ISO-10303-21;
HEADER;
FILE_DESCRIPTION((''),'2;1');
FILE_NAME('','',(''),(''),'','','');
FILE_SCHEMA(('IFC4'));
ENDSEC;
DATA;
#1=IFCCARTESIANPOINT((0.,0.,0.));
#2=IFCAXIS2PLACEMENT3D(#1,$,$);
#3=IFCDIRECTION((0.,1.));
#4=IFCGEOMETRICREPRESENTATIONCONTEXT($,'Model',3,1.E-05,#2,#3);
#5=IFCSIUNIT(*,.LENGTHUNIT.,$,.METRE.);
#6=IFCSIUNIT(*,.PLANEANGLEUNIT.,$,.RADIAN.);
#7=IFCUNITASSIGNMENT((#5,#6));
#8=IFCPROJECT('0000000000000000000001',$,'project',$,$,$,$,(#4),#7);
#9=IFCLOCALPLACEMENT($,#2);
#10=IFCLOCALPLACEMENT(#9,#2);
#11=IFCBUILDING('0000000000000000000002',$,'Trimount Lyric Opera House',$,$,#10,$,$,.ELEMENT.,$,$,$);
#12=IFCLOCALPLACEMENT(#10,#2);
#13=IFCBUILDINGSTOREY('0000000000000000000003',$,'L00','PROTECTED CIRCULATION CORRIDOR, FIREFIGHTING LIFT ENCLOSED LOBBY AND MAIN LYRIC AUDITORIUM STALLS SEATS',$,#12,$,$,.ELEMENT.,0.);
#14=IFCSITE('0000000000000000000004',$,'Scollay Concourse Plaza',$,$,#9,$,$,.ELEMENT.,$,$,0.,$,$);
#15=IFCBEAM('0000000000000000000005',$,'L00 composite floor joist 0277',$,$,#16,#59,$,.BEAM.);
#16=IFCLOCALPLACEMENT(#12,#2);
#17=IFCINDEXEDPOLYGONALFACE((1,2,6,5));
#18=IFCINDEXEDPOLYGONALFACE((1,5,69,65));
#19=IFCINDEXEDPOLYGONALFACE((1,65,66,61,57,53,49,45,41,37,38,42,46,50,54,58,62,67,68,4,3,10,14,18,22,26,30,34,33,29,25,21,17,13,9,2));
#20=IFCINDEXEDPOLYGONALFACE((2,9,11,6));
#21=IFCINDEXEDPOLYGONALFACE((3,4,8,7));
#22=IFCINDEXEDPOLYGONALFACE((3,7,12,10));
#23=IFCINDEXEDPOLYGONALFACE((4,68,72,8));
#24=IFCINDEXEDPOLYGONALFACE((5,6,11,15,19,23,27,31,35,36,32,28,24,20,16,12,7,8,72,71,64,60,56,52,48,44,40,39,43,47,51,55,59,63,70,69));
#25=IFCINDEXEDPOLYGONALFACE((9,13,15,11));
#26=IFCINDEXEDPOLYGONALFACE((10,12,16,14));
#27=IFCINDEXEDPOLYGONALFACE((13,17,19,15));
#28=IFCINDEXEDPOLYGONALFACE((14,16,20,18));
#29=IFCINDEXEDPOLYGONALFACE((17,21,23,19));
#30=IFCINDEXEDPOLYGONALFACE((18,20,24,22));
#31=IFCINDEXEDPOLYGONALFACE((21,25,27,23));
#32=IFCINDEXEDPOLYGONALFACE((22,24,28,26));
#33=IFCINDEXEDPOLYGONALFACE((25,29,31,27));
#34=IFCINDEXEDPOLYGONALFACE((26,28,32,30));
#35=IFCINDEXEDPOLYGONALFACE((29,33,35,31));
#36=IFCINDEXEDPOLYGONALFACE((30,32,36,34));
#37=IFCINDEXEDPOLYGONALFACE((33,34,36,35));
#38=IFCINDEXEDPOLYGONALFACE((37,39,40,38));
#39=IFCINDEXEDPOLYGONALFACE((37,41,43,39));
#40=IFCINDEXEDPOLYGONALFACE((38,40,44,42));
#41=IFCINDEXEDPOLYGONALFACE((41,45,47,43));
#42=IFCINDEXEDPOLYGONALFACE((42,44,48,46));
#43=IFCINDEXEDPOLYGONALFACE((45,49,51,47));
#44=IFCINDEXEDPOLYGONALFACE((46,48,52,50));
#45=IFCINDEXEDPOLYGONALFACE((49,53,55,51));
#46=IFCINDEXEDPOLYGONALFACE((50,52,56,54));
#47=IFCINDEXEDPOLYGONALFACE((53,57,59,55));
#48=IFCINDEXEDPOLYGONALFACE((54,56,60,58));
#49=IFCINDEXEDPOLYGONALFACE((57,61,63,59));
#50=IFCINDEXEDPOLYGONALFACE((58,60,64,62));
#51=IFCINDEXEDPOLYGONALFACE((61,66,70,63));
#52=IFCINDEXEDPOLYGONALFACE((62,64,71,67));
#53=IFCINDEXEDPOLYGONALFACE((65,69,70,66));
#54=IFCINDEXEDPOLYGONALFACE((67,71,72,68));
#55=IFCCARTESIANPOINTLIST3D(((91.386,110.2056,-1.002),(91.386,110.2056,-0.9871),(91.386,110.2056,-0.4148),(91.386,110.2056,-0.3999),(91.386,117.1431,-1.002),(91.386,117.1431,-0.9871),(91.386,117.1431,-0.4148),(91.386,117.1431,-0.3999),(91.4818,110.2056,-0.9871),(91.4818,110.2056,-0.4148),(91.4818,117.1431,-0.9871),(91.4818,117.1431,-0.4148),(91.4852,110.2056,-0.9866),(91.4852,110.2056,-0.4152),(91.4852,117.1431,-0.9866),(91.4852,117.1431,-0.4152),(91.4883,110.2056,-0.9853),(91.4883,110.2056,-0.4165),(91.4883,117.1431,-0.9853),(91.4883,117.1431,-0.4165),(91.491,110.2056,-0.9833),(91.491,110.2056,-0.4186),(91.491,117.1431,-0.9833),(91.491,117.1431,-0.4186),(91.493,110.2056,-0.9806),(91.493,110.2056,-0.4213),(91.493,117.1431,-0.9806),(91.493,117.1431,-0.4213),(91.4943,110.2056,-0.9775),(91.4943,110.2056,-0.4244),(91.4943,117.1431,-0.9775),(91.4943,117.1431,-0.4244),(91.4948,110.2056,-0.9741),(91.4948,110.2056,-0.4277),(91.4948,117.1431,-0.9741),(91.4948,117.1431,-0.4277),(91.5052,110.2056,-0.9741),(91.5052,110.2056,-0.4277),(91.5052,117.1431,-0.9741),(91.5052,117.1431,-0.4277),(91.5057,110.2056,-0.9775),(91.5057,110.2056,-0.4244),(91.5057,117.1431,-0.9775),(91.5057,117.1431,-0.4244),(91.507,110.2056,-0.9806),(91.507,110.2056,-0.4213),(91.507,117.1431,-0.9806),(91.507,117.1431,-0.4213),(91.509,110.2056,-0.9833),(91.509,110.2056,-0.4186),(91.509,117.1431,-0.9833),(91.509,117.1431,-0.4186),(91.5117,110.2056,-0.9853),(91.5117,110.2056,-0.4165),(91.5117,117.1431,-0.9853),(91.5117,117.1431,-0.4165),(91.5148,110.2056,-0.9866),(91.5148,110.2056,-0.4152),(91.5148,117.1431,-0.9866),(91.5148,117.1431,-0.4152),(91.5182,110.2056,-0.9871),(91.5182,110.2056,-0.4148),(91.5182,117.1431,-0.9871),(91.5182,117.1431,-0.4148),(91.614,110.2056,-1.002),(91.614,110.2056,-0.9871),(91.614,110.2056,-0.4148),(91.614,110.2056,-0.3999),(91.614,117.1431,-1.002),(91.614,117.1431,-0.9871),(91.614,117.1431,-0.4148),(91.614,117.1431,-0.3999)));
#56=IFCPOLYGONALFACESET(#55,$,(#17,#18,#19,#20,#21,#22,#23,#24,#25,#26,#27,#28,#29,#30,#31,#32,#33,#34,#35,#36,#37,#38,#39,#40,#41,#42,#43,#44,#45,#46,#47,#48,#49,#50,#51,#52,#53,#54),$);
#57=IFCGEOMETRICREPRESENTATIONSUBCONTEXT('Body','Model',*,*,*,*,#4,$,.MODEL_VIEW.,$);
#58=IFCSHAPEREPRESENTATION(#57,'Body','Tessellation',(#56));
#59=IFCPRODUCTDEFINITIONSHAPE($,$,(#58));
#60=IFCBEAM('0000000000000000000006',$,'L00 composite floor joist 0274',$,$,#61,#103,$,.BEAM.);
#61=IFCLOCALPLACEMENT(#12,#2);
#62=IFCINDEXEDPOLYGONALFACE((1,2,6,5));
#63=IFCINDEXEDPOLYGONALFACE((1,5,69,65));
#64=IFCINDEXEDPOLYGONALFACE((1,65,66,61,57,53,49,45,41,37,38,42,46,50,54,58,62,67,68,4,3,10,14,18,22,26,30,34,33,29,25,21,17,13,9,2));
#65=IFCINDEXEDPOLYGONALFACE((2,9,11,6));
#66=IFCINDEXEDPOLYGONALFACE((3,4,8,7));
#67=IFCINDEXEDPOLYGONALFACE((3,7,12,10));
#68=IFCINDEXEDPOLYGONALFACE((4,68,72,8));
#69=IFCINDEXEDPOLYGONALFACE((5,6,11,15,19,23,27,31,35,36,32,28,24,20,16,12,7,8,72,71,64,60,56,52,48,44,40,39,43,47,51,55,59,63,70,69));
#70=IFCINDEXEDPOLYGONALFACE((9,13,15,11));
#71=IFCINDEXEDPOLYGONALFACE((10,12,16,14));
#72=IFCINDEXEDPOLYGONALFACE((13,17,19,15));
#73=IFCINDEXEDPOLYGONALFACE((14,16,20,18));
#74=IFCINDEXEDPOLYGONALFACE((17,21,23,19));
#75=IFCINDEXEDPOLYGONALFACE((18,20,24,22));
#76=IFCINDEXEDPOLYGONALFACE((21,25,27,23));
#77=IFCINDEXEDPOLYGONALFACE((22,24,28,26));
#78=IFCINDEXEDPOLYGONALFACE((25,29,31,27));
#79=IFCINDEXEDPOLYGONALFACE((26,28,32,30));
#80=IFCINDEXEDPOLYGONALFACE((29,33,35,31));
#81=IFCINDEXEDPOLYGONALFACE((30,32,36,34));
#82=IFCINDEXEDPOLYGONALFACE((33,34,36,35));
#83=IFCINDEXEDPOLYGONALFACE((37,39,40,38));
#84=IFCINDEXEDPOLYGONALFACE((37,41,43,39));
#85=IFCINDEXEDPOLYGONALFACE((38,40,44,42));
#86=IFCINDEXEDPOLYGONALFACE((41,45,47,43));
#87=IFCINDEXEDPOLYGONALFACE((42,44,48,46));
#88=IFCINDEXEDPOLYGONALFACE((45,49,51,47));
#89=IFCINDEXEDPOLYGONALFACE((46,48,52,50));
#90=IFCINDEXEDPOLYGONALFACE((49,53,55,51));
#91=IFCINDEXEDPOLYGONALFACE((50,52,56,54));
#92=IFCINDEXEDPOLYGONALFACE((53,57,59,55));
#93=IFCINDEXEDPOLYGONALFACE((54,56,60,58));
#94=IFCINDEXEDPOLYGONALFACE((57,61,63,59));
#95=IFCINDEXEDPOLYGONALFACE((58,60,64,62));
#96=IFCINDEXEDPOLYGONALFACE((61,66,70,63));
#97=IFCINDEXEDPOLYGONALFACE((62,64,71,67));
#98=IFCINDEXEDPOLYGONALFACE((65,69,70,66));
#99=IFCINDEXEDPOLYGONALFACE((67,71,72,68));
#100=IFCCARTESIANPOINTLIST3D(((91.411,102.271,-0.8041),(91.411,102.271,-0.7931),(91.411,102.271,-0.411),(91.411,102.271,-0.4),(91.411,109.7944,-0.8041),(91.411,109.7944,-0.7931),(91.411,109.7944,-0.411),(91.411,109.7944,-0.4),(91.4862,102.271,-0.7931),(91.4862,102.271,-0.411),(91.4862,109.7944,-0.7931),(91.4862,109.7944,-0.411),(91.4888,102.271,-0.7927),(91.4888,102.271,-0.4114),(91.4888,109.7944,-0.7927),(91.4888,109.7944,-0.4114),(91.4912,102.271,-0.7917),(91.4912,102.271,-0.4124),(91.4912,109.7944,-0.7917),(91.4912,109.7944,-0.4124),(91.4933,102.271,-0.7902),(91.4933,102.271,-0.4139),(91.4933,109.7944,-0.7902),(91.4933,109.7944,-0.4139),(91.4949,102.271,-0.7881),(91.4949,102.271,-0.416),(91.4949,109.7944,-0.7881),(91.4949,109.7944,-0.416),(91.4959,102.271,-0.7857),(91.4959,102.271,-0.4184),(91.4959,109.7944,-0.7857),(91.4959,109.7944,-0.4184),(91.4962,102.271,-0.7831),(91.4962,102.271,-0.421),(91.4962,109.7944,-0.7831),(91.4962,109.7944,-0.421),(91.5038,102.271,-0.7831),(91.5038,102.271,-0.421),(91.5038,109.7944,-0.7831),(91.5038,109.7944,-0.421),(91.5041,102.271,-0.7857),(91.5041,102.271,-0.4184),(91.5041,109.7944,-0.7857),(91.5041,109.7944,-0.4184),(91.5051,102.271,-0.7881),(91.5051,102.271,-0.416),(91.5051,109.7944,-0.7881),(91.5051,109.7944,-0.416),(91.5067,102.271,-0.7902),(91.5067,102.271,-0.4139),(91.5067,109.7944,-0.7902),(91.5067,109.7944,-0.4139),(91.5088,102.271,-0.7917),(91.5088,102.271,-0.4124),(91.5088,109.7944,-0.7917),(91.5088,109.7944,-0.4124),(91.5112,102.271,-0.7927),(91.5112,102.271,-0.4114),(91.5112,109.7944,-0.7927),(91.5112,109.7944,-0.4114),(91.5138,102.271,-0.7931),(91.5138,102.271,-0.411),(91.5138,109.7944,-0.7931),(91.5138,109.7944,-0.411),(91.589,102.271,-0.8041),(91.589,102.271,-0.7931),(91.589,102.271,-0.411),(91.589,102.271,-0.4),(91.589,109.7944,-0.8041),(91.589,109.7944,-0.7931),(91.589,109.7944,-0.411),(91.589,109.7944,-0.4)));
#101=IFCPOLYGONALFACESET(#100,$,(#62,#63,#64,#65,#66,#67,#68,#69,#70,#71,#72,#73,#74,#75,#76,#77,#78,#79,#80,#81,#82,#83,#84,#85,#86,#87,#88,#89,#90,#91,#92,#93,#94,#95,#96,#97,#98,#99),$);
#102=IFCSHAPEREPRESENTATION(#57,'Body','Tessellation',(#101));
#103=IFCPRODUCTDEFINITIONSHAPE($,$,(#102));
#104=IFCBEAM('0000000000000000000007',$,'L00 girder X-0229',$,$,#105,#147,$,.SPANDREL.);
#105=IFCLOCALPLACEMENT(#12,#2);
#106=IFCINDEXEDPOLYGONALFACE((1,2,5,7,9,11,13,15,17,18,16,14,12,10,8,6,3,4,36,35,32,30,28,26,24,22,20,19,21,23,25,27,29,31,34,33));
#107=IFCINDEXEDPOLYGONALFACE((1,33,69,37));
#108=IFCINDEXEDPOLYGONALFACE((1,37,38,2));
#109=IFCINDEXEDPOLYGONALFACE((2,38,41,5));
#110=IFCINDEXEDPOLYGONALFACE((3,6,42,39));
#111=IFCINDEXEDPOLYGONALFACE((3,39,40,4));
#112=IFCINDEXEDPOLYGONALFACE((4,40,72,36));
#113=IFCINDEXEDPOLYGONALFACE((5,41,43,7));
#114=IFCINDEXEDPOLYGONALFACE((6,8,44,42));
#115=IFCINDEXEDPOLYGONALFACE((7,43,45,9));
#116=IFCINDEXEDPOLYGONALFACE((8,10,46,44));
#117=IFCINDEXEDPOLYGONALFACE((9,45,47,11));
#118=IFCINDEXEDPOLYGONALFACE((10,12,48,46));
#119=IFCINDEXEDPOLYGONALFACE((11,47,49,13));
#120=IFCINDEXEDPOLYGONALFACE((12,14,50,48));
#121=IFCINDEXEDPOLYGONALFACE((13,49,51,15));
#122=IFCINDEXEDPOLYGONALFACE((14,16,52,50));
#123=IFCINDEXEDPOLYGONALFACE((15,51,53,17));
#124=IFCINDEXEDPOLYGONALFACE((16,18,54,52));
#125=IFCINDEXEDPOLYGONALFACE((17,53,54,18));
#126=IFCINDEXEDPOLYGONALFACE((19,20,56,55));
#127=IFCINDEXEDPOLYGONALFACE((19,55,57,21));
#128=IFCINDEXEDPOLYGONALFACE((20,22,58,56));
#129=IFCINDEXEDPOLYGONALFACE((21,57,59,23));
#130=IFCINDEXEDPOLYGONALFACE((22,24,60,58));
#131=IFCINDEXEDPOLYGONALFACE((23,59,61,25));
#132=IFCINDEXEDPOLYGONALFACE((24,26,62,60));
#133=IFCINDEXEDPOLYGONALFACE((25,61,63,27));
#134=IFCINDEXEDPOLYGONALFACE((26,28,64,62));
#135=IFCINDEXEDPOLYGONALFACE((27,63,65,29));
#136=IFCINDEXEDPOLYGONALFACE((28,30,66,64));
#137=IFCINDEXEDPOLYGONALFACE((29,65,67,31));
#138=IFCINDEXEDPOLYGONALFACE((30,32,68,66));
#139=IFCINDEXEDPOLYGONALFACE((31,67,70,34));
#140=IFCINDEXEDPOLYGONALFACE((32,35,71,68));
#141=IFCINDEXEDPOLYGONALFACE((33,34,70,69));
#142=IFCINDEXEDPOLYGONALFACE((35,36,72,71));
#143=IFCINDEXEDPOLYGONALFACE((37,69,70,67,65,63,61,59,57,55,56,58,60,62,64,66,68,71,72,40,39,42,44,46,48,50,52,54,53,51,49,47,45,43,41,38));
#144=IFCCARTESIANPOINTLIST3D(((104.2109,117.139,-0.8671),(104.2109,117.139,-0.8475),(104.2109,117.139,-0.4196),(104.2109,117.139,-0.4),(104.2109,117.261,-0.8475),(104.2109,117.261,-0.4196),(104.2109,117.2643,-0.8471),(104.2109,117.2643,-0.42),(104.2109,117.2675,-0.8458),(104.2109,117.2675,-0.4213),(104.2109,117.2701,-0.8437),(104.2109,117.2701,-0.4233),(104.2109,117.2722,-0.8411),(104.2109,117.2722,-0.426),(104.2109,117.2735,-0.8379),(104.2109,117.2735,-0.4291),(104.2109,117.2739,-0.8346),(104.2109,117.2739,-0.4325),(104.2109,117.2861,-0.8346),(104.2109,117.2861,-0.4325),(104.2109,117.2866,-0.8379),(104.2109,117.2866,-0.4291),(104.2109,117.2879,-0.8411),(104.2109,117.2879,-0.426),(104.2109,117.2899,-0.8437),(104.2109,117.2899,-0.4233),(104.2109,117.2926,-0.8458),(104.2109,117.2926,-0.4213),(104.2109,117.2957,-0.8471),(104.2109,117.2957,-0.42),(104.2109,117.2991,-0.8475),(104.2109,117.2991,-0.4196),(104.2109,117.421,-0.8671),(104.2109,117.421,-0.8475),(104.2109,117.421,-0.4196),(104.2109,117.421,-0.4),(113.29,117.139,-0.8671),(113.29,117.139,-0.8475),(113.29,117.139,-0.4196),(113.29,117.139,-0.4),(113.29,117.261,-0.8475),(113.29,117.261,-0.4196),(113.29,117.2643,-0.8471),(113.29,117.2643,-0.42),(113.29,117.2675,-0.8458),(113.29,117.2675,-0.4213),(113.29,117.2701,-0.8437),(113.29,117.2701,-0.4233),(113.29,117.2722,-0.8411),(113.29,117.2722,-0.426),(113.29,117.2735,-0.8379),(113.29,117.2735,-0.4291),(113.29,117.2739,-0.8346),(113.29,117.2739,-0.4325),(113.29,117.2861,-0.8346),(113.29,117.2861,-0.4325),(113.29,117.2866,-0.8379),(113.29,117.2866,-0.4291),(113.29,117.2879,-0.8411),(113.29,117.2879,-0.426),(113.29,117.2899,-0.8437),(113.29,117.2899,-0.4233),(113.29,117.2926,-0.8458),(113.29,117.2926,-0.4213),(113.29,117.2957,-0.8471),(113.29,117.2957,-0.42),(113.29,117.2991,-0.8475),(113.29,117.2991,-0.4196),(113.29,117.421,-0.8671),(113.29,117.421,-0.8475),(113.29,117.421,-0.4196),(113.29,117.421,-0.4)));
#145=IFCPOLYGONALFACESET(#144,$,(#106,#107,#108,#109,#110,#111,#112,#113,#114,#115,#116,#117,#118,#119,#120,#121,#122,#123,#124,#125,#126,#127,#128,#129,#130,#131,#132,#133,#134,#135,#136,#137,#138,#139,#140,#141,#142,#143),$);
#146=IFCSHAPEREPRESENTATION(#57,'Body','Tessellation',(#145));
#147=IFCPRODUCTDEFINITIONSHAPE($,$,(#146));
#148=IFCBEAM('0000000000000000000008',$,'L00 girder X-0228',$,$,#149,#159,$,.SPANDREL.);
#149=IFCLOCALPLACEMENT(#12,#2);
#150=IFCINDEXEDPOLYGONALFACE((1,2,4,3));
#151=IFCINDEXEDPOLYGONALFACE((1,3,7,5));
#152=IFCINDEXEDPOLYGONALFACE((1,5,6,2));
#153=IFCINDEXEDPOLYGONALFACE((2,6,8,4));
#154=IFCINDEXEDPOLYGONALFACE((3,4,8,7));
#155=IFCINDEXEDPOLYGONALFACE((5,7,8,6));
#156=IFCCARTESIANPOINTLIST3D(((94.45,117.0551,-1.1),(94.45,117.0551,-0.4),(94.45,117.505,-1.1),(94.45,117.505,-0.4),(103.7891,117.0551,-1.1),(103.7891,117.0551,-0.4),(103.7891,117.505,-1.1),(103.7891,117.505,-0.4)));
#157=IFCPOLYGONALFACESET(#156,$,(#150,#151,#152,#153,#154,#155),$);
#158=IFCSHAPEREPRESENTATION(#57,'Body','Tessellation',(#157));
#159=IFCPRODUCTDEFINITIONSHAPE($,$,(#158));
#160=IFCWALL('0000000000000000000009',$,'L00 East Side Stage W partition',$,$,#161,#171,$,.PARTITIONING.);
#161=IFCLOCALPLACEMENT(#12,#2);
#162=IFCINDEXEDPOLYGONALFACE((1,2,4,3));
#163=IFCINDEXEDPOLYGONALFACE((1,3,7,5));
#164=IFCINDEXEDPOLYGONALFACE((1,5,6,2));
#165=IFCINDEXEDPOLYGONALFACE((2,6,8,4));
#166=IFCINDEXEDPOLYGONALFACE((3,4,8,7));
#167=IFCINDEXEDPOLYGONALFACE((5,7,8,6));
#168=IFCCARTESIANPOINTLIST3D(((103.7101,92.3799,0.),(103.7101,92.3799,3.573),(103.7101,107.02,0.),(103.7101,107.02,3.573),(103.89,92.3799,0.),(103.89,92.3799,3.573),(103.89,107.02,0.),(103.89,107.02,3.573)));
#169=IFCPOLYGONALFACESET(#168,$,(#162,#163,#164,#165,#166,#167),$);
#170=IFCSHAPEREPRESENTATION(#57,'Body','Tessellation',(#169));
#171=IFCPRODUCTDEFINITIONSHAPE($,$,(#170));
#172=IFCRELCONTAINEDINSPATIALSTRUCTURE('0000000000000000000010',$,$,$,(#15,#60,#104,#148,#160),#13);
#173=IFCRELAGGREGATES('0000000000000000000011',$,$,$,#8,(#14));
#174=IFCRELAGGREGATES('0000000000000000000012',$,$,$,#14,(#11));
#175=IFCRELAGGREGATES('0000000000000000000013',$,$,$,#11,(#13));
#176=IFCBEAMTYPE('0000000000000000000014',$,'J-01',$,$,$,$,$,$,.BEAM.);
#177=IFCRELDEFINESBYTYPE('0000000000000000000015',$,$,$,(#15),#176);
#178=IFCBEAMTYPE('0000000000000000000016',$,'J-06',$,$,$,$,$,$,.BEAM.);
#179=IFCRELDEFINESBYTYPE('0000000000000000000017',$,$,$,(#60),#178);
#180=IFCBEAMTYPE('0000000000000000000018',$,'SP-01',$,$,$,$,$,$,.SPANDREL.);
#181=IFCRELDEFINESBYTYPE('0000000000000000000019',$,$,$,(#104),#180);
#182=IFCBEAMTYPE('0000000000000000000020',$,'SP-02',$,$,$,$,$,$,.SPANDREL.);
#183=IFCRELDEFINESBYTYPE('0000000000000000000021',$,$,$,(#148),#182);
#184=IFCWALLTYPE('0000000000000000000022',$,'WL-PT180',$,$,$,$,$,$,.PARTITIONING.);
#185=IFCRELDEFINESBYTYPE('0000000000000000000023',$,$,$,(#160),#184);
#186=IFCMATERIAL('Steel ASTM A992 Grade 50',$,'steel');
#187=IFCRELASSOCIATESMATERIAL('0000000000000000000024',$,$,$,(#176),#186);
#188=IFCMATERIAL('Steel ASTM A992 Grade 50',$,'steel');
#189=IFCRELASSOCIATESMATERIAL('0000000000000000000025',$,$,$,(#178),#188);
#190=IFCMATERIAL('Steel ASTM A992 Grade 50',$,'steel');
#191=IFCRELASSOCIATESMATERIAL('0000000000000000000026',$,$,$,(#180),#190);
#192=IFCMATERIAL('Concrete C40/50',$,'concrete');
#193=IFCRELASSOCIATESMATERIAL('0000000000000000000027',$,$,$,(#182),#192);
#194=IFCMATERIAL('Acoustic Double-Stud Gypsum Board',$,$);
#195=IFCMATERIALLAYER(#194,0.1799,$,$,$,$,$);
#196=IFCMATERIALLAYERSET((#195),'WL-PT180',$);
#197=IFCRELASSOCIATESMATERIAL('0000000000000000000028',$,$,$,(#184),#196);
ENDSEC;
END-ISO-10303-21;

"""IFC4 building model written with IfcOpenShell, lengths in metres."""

from ifc_helpers import new_model, si_unit, direction, frame, frame_2d, origin, origin_2d, place, context, subcontext, project, spatial, rectangle, i_section, extrude, material, layer, layer_set, material_profile, profile_set, type_object, element, save


model = new_model("IFC4")

# Units and contexts
model_context = context("Model", 3, precision=1e-05, world=origin(), true_north=direction((0.0, 1.0)))
body_context = subcontext(model_context, "Body", "Model", "MODEL_VIEW")
ifc_project = project(units=[si_unit("LENGTHUNIT", "METRE"), si_unit("PLANEANGLEUNIT", "RADIAN")], contexts=[model_context])

# Site, building, storey
site_placement = place(None, origin())
site = spatial("IfcSite", under=ifc_project, at=site_placement, Name="Scollay Concourse Plaza", CompositionType="ELEMENT", RefElevation=0.0)
building_placement = place(site_placement, origin())
building = spatial("IfcBuilding", under=site, at=building_placement, Name="Trimount Lyric Opera House", CompositionType="ELEMENT")
storey_placement = place(building_placement, origin())
storey = spatial("IfcBuildingStorey", under=building, at=storey_placement, Name="L00", Description="PROTECTED CIRCULATION CORRIDOR, FIREFIGHTING LIFT ENCLOSED LOBBY AND MAIN LYRIC AUDITORIUM STALLS SEATS", CompositionType="ELEMENT", Elevation=0.0)

# Beams
ifc_material_1 = material(Name="Steel ASTM A992 Grade 50", Category="steel")
ifc_material_profile_1 = material_profile(ifc_material_1, i_section(OverallWidth=0.228, OverallDepth=0.6021, WebThickness=0.0105, FlangeThickness=0.0149, FilletRadius=0.0129, at=origin_2d()), Name="W24X68")
ifc_profile_set_1 = profile_set([ifc_material_profile_1], Name="Steel ASTM A992 Grade 50")
beam_type_1 = type_object("IfcBeamType", Name="J-01", PredefinedType="BEAM", material=ifc_profile_set_1)
beam_1_placement = place(storey_placement, frame((91.5, 110.2056, -0.7009), z_axis=(0.0, 1.0, 0.0), x_axis=(-1.0, 0.0, 0.0)))
element("IfcBeam", 1, at=beam_1_placement, inside=storey, type_object=beam_type_1, Name="L00 composite floor joist 0277", PredefinedType="BEAM", context=body_context, shape_type="SweptSolid", body=[
    extrude(i_section(OverallWidth=0.228, OverallDepth=0.6021, WebThickness=0.0105, FlangeThickness=0.0149, FilletRadius=0.0129, at=origin_2d()), origin(), (0.0, 0.0, 1.0), 6.9375),
])
ifc_material_2 = material(Name="Steel ASTM A992 Grade 50", Category="steel")
ifc_material_profile_2 = material_profile(ifc_material_2, i_section(OverallWidth=0.178, OverallDepth=0.4041, WebThickness=0.0076, FlangeThickness=0.011, FilletRadius=0.01, at=origin_2d()), Name="W16X36")
ifc_profile_set_2 = profile_set([ifc_material_profile_2], Name="Steel ASTM A992 Grade 50")
beam_type_2 = type_object("IfcBeamType", Name="J-06", PredefinedType="BEAM", material=ifc_profile_set_2)
beam_2_placement = place(storey_placement, frame((91.5, 102.271, -0.6021), z_axis=(0.0, 1.0, 0.0), x_axis=(-1.0, 0.0, 0.0)))
element("IfcBeam", 2, at=beam_2_placement, inside=storey, type_object=beam_type_2, Name="L00 composite floor joist 0274", PredefinedType="BEAM", context=body_context, shape_type="SweptSolid", body=[
    extrude(i_section(OverallWidth=0.178, OverallDepth=0.4041, WebThickness=0.0076, FlangeThickness=0.011, FilletRadius=0.01, at=origin_2d()), origin(), (0.0, 0.0, 1.0), 7.5234),
])
ifc_material_3 = material(Name="Steel ASTM A992 Grade 50", Category="steel")
ifc_material_profile_3 = material_profile(ifc_material_3, i_section(OverallWidth=0.282, OverallDepth=0.467, WebThickness=0.0122, FlangeThickness=0.0195, FilletRadius=0.0129, at=origin_2d()), Name="W18X86")
ifc_profile_set_3 = profile_set([ifc_material_profile_3], Name="Steel ASTM A992 Grade 50")
beam_type_3 = type_object("IfcBeamType", Name="SP-01", PredefinedType="SPANDREL", material=ifc_profile_set_3)
beam_3_placement = place(storey_placement, frame((104.2109, 117.28, -0.6335), z_axis=(1.0, 0.0, 0.0), x_axis=(0.0, 1.0, 0.0)))
element("IfcBeam", 3, at=beam_3_placement, inside=storey, type_object=beam_type_3, Name="L00 girder X-0229", PredefinedType="SPANDREL", context=body_context, shape_type="SweptSolid", body=[
    extrude(i_section(OverallWidth=0.282, OverallDepth=0.467, WebThickness=0.0122, FlangeThickness=0.0195, FilletRadius=0.0129, at=origin_2d()), origin(), (0.0, 0.0, 1.0), 9.0791),
])
ifc_material_4 = material(Name="Concrete C40/50", Category="concrete")
ifc_material_profile_4 = material_profile(ifc_material_4, rectangle(XDim=0.45, YDim=0.7, at=origin_2d()), Name="RC450X700")
ifc_profile_set_4 = profile_set([ifc_material_profile_4], Name="Concrete C40/50")
beam_type_4 = type_object("IfcBeamType", Name="SP-02", PredefinedType="SPANDREL", material=ifc_profile_set_4)
beam_4_placement = place(storey_placement, frame((94.45, 117.28, -0.75), z_axis=(1.0, 0.0, 0.0), x_axis=(0.0, 1.0, 0.0)))
element("IfcBeam", 4, at=beam_4_placement, inside=storey, type_object=beam_type_4, Name="L00 girder X-0228", PredefinedType="SPANDREL", context=body_context, shape_type="SweptSolid", body=[
    extrude(rectangle(XDim=0.45, YDim=0.7, at=origin_2d()), origin(), (0.0, 0.0, 1.0), 9.3391),
])

# Wall
ifc_material_5 = material(Name="Acoustic Double-Stud Gypsum Board")
ifc_layer_1 = layer(ifc_material_5, 0.1799)
ifc_layer_set_1 = layer_set([ifc_layer_1], Name="WL-PT180")
wall_type_1 = type_object("IfcWallType", Name="WL-PT180", PredefinedType="PARTITIONING", material=ifc_layer_set_1)
wall_1_placement = place(storey_placement, frame((103.8, 107.02, 0.0), z_axis=(0.0, 0.0, 1.0), x_axis=(0.0, -1.0, 0.0)))
element("IfcWall", 5, at=wall_1_placement, inside=storey, type_object=wall_type_1, Name="L00 East Side Stage W partition", PredefinedType="PARTITIONING", context=body_context, shape_type="SweptSolid", body=[
    extrude(rectangle(XDim=14.6401, YDim=0.1799, at=frame_2d((7.3201, 0.0))), origin(), (0.0, 0.0, 1.0), 3.573),
])

save(model, "model.ifc")
